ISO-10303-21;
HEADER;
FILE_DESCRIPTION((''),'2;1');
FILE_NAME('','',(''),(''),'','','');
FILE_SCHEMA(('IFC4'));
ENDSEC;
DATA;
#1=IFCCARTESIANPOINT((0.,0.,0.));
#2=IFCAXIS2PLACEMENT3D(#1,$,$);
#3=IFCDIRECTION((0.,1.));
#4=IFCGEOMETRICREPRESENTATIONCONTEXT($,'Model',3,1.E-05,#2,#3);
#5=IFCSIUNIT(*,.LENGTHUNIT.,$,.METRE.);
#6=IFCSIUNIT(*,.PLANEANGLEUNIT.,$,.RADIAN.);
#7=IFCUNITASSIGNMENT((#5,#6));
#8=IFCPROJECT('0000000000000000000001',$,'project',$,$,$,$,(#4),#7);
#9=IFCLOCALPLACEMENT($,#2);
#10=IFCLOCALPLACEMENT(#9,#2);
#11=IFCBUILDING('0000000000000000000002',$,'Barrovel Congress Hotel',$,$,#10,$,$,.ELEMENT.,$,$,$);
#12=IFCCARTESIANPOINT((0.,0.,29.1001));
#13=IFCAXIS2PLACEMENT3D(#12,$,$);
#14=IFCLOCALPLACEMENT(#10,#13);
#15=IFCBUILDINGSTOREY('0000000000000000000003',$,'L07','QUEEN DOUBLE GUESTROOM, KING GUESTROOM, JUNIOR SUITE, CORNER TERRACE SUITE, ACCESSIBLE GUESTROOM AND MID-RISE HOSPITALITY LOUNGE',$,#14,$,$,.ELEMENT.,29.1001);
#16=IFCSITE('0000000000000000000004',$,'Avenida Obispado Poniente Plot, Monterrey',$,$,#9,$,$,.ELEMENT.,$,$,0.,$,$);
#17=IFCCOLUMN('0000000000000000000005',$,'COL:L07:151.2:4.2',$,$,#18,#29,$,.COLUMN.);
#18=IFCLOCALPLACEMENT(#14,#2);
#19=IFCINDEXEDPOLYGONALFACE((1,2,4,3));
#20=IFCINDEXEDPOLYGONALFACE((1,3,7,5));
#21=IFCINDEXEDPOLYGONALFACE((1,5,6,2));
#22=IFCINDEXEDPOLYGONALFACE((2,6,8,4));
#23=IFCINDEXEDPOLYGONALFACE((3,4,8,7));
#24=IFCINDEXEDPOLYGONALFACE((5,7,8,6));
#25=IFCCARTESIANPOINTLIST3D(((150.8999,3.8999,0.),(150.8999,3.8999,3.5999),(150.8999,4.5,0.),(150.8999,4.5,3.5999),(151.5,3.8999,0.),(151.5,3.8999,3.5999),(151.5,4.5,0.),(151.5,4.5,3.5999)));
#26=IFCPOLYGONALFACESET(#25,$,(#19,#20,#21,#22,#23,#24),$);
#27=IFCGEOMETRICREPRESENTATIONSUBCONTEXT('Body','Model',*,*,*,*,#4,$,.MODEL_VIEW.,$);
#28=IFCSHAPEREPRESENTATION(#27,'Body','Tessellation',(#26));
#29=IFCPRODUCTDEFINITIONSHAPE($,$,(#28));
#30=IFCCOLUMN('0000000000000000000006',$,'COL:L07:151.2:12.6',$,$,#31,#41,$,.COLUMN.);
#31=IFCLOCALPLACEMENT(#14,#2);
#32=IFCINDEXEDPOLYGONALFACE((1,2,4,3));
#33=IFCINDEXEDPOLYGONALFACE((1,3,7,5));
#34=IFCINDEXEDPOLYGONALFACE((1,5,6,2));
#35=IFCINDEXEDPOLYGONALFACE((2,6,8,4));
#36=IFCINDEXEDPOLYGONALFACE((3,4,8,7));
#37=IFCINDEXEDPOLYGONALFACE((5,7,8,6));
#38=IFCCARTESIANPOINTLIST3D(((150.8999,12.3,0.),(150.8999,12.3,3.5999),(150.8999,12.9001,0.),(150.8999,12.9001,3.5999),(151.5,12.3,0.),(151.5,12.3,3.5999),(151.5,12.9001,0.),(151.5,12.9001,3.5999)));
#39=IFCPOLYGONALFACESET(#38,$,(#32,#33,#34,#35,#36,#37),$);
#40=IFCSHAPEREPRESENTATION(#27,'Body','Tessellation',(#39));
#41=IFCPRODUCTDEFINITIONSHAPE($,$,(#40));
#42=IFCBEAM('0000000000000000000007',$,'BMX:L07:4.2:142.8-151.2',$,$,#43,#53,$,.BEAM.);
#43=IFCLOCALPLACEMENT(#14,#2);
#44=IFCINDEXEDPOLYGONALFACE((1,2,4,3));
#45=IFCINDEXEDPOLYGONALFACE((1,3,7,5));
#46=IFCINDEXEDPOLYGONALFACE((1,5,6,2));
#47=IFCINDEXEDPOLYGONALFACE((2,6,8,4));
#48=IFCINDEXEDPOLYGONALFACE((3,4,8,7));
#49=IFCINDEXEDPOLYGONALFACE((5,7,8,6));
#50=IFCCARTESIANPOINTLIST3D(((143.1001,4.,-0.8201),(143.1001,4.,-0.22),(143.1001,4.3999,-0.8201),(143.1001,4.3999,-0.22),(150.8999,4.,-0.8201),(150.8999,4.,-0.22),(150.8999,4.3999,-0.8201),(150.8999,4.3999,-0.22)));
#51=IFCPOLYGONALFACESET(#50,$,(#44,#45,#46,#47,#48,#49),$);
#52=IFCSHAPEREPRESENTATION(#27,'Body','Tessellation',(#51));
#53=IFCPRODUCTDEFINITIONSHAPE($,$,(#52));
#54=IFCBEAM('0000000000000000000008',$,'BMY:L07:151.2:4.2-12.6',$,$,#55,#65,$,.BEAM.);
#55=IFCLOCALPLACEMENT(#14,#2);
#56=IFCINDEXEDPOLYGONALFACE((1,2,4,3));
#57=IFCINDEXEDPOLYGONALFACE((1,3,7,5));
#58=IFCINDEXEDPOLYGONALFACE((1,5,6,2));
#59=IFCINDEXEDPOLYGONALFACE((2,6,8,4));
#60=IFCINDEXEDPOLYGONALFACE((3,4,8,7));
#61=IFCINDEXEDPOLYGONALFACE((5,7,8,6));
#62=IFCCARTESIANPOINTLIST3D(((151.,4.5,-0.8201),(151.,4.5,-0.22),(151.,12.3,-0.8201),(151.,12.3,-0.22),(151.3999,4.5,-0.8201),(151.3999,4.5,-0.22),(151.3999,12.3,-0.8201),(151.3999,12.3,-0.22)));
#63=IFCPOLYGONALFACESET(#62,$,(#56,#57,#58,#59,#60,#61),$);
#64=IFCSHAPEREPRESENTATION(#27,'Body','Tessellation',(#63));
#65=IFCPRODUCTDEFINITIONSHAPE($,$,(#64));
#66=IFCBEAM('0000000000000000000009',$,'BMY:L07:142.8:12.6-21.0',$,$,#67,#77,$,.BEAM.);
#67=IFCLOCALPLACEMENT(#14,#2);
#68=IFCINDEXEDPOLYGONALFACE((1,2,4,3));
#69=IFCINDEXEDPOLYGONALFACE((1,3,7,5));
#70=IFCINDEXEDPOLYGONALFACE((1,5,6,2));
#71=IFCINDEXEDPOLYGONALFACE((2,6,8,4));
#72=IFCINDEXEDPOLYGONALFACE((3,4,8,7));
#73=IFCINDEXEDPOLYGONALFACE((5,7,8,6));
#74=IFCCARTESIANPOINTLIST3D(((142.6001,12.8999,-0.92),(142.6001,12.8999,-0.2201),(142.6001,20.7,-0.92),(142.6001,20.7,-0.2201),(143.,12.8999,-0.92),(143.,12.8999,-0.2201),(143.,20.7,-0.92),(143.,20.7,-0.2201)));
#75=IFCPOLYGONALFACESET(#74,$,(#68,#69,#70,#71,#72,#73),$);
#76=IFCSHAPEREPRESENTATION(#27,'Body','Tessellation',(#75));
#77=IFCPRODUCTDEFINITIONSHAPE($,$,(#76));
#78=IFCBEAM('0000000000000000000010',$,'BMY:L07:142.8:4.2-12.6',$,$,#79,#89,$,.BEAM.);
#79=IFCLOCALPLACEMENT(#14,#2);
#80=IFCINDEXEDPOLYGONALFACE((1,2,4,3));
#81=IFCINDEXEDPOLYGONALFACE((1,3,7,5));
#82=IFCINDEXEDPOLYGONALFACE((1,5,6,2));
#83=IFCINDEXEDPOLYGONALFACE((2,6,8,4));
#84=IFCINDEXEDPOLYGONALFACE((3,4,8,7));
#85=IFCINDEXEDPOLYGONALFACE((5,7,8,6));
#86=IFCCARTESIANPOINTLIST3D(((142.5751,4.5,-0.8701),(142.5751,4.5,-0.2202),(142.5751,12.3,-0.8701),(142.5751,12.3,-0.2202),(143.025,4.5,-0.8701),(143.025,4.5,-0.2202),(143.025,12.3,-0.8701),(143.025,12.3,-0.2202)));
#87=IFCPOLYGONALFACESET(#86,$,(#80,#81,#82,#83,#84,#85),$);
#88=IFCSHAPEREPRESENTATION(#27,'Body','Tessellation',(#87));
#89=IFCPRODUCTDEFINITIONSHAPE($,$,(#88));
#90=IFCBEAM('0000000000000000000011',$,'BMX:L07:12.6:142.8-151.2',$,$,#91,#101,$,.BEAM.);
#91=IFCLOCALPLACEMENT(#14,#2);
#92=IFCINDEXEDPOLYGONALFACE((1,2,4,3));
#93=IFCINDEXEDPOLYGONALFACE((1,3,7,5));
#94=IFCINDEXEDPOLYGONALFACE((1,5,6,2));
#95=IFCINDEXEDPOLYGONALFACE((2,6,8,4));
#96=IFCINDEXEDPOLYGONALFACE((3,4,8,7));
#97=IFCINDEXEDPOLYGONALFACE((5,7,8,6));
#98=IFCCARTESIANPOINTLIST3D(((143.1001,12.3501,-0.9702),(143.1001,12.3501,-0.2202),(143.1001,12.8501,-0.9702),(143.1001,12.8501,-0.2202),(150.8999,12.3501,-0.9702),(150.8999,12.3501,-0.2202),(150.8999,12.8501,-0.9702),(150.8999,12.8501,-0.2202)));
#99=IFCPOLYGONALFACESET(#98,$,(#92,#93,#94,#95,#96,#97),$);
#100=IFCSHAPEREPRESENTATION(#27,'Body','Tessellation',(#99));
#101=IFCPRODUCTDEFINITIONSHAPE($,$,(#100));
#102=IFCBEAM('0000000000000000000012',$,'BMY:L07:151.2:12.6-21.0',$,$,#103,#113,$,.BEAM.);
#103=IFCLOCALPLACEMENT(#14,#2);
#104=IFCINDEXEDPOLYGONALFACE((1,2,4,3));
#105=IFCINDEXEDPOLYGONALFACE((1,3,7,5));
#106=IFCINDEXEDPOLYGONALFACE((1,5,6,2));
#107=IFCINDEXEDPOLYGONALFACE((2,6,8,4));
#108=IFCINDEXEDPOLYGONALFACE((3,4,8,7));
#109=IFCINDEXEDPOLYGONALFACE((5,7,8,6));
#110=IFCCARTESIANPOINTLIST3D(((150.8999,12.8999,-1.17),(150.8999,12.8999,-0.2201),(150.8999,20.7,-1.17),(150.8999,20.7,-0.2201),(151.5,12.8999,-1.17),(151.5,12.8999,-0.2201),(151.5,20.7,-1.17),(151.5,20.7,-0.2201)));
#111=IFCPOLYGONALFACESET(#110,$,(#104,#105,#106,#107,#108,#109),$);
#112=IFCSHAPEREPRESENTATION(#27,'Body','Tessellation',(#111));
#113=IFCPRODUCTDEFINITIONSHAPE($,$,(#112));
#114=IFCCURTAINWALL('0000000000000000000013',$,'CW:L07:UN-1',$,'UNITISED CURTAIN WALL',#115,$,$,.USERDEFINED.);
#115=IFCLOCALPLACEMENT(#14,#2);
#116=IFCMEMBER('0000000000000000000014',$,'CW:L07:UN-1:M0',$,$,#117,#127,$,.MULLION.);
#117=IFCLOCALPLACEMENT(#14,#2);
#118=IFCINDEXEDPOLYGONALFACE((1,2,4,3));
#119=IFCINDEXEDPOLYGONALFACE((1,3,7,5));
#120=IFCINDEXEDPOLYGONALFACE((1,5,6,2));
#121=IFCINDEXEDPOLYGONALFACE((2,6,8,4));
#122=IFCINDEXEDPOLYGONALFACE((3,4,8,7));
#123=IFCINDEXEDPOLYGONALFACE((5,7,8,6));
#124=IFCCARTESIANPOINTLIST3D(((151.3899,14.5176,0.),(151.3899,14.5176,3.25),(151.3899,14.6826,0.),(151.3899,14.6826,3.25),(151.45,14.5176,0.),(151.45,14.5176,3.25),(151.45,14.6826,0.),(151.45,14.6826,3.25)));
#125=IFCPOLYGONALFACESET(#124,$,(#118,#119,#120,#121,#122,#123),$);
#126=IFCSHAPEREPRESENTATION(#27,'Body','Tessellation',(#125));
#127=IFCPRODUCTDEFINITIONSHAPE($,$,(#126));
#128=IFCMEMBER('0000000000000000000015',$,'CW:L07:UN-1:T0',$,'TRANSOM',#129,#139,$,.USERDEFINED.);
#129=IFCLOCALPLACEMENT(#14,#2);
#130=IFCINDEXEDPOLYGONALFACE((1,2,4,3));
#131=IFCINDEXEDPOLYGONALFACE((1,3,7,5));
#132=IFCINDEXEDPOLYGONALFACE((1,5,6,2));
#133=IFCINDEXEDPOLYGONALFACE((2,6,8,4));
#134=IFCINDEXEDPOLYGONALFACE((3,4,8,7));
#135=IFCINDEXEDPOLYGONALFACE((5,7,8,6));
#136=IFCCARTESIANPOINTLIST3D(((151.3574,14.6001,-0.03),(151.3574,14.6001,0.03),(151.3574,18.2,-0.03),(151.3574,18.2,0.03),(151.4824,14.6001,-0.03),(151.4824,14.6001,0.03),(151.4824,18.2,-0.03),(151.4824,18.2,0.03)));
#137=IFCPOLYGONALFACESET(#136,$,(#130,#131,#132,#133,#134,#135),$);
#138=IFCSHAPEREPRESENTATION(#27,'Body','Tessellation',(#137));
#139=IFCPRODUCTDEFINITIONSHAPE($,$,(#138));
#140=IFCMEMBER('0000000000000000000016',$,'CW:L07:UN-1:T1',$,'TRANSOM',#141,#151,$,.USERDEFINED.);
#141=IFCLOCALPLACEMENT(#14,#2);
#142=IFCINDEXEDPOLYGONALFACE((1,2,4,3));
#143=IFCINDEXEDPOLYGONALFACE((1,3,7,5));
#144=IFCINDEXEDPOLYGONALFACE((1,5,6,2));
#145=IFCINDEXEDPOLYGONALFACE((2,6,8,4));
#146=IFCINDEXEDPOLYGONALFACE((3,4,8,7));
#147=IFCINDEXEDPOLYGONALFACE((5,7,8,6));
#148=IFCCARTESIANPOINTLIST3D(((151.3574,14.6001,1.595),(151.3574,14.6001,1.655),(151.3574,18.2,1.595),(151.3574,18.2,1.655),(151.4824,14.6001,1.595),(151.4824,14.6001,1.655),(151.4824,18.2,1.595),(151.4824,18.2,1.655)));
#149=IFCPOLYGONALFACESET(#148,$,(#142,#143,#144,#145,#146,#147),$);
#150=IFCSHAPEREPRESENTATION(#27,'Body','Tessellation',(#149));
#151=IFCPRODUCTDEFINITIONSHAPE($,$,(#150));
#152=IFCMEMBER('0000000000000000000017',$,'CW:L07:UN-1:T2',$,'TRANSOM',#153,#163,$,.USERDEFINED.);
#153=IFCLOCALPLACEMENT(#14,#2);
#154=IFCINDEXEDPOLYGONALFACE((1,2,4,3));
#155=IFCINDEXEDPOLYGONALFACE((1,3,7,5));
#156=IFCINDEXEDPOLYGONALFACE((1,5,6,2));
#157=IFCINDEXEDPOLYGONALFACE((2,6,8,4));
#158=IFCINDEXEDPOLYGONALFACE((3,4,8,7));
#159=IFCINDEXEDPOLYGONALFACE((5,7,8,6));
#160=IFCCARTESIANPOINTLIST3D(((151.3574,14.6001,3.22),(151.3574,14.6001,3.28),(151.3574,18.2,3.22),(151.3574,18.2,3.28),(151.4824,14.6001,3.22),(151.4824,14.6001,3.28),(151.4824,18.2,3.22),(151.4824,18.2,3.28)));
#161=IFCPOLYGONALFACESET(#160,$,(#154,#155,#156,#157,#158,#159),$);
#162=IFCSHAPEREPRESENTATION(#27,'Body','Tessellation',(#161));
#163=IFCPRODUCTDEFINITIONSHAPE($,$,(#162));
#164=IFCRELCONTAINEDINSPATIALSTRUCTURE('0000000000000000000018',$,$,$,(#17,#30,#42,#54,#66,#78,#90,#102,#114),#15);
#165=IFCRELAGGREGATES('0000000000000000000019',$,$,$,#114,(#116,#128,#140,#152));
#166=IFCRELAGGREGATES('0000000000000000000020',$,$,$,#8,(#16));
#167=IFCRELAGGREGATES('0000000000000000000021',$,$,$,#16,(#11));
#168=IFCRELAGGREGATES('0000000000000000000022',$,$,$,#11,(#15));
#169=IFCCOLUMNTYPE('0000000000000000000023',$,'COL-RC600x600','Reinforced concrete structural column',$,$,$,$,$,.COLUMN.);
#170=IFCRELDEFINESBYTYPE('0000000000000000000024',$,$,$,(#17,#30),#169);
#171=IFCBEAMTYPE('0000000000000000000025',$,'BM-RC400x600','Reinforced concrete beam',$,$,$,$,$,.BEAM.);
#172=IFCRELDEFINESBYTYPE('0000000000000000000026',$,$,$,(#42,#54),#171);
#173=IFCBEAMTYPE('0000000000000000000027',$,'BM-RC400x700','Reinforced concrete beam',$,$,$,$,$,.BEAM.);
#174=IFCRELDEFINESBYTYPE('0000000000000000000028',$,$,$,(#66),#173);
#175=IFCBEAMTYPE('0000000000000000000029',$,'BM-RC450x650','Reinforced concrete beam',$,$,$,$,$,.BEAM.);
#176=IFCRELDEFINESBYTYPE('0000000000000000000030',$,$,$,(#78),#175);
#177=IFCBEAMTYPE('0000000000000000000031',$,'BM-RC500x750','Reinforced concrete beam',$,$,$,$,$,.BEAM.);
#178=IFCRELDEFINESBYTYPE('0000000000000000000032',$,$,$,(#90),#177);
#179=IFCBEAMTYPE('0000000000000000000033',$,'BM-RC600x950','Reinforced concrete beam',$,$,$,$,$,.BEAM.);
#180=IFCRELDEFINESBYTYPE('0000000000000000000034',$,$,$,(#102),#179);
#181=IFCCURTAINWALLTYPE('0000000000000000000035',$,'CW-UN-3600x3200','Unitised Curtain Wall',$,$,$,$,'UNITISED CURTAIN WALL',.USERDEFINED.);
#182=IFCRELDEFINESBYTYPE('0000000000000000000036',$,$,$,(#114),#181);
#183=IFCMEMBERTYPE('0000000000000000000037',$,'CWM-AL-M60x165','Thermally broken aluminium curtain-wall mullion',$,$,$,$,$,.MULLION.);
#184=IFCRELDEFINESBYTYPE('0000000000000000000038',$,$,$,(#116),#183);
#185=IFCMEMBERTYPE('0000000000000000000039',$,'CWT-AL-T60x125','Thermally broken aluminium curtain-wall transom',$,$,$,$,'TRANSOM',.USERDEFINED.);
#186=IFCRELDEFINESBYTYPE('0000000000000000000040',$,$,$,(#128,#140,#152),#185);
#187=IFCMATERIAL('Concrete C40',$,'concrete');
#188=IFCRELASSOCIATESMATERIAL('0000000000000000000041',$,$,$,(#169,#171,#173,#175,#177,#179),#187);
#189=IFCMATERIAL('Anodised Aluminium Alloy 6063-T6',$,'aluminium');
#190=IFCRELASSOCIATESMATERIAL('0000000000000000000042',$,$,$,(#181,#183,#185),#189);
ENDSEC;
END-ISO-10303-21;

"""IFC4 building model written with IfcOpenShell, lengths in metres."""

from ifc_helpers import new_model, si_unit, direction, frame, origin, origin_2d, place, context, subcontext, project, spatial, rectangle, extrude, material, material_profile, profile_set, type_object, element, aggregate, save


model = new_model("IFC4")

# Units and contexts
model_context = context("Model", 3, precision=1e-05, world=origin(), true_north=direction((0.0, 1.0)))
body_context = subcontext(model_context, "Body", "Model", "MODEL_VIEW")
ifc_project = project(units=[si_unit("LENGTHUNIT", "METRE"), si_unit("PLANEANGLEUNIT", "RADIAN")], contexts=[model_context])

# Site, building, storey
site_placement = place(None, origin())
site = spatial("IfcSite", under=ifc_project, at=site_placement, Name="Avenida Obispado Poniente Plot, Monterrey", CompositionType="ELEMENT", RefElevation=0.0)
building_placement = place(site_placement, origin())
building = spatial("IfcBuilding", under=site, at=building_placement, Name="Barrovel Congress Hotel", CompositionType="ELEMENT")
storey_placement = place(building_placement, frame((0.0, 0.0, 29.1001)))
storey = spatial("IfcBuildingStorey", under=building, at=storey_placement, Name="L07", Description="QUEEN DOUBLE GUESTROOM, KING GUESTROOM, JUNIOR SUITE, CORNER TERRACE SUITE, ACCESSIBLE GUESTROOM AND MID-RISE HOSPITALITY LOUNGE", CompositionType="ELEMENT", Elevation=29.1001)

# Columns
ifc_material_1 = material(Name="Concrete C40", Category="concrete")
ifc_material_profile_1 = material_profile(ifc_material_1, rectangle(XDim=0.6001, YDim=0.6001, at=origin_2d()), Name="RC600x600")
ifc_profile_set_1 = profile_set([ifc_material_profile_1], Name="Concrete C40")
column_type = type_object("IfcColumnType", Name="COL-RC600x600", Description="Reinforced concrete structural column", PredefinedType="COLUMN", material=ifc_profile_set_1)
for number, where, z_axis, x_axis, name in (
    (1, (151.2, 4.2, 0.0), (0.0, 0.0, 1.0), (1.0, 0.0, 0.0), "COL:L07:151.2:4.2"),
    (2, (151.2, 12.6001, 0.0), (0.0, 0.0, 1.0), (1.0, 0.0, 0.0), "COL:L07:151.2:12.6"),
):
    element("IfcColumn", number, at=place(storey_placement, frame(where, z_axis=z_axis, x_axis=x_axis)), inside=storey, type_object=column_type, Name=name, PredefinedType="COLUMN", context=body_context, shape_type="SweptSolid", body=[
        extrude(rectangle(XDim=0.6001, YDim=0.6001, at=origin_2d()), origin(), (0.0, 0.0, 1.0), 3.5999),
    ])

# Beams
ifc_material_profile_2 = material_profile(ifc_material_1, rectangle(XDim=0.3999, YDim=0.6001, at=origin_2d()), Name="RC400x600")
ifc_profile_set_2 = profile_set([ifc_material_profile_2], Name="Concrete C40")
beam_type_1 = type_object("IfcBeamType", Name="BM-RC400x600", Description="Reinforced concrete beam", PredefinedType="BEAM", material=ifc_profile_set_2)
beam_1_placement = place(storey_placement, frame((143.1001, 4.2, -0.52), z_axis=(1.0, 0.0, 0.0), x_axis=(0.0, 1.0, 0.0)))
element("IfcBeam", 3, at=beam_1_placement, inside=storey, type_object=beam_type_1, Name="BMX:L07:4.2:142.8-151.2", PredefinedType="BEAM", context=body_context, shape_type="SweptSolid", body=[
    extrude(rectangle(XDim=0.3999, YDim=0.6001, at=origin_2d()), origin(), (0.0, 0.0, 1.0), 7.7998),
])
beam_2_placement = place(storey_placement, frame((151.2, 4.5, -0.52), z_axis=(0.0, 1.0, 0.0), x_axis=(-1.0, 0.0, 0.0)))
element("IfcBeam", 4, at=beam_2_placement, inside=storey, type_object=beam_type_1, Name="BMY:L07:151.2:4.2-12.6", PredefinedType="BEAM", context=body_context, shape_type="SweptSolid", body=[
    extrude(rectangle(XDim=0.3999, YDim=0.6001, at=origin_2d()), origin(), (0.0, 0.0, 1.0), 7.8),
])
ifc_material_profile_3 = material_profile(ifc_material_1, rectangle(XDim=0.3999, YDim=0.7, at=origin_2d()), Name="RC400x700")
ifc_profile_set_3 = profile_set([ifc_material_profile_3], Name="Concrete C40")
beam_type_2 = type_object("IfcBeamType", Name="BM-RC400x700", Description="Reinforced concrete beam", PredefinedType="BEAM", material=ifc_profile_set_3)
beam_3_placement = place(storey_placement, frame((142.8, 12.8999, -0.5701), z_axis=(0.0, 1.0, 0.0), x_axis=(-1.0, 0.0, 0.0)))
element("IfcBeam", 5, at=beam_3_placement, inside=storey, type_object=beam_type_2, Name="BMY:L07:142.8:12.6-21.0", PredefinedType="BEAM", context=body_context, shape_type="SweptSolid", body=[
    extrude(rectangle(XDim=0.3999, YDim=0.7, at=origin_2d()), origin(), (0.0, 0.0, 1.0), 7.8),
])
ifc_material_profile_4 = material_profile(ifc_material_1, rectangle(XDim=0.45, YDim=0.6499, at=origin_2d()), Name="RC450x650")
ifc_profile_set_4 = profile_set([ifc_material_profile_4], Name="Concrete C40")
beam_type_3 = type_object("IfcBeamType", Name="BM-RC450x650", Description="Reinforced concrete beam", PredefinedType="BEAM", material=ifc_profile_set_4)
beam_4_placement = place(storey_placement, frame((142.8, 4.5, -0.5452), z_axis=(0.0, 1.0, 0.0), x_axis=(-1.0, 0.0, 0.0)))
element("IfcBeam", 6, at=beam_4_placement, inside=storey, type_object=beam_type_3, Name="BMY:L07:142.8:4.2-12.6", PredefinedType="BEAM", context=body_context, shape_type="SweptSolid", body=[
    extrude(rectangle(XDim=0.45, YDim=0.6499, at=origin_2d()), origin(), (0.0, 0.0, 1.0), 7.8),
])
ifc_material_profile_5 = material_profile(ifc_material_1, rectangle(XDim=0.5, YDim=0.75, at=origin_2d()), Name="RC500x750")
ifc_profile_set_5 = profile_set([ifc_material_profile_5], Name="Concrete C40")
beam_type_4 = type_object("IfcBeamType", Name="BM-RC500x750", Description="Reinforced concrete beam", PredefinedType="BEAM", material=ifc_profile_set_5)
beam_5_placement = place(storey_placement, frame((143.1001, 12.6001, -0.5952), z_axis=(1.0, 0.0, 0.0), x_axis=(0.0, 1.0, 0.0)))
element("IfcBeam", 7, at=beam_5_placement, inside=storey, type_object=beam_type_4, Name="BMX:L07:12.6:142.8-151.2", PredefinedType="BEAM", context=body_context, shape_type="SweptSolid", body=[
    extrude(rectangle(XDim=0.5, YDim=0.75, at=origin_2d()), origin(), (0.0, 0.0, 1.0), 7.7998),
])
ifc_material_profile_6 = material_profile(ifc_material_1, rectangle(XDim=0.6001, YDim=0.95, at=origin_2d()), Name="RC600x950")
ifc_profile_set_6 = profile_set([ifc_material_profile_6], Name="Concrete C40")
beam_type_5 = type_object("IfcBeamType", Name="BM-RC600x950", Description="Reinforced concrete beam", PredefinedType="BEAM", material=ifc_profile_set_6)
beam_6_placement = place(storey_placement, frame((151.2, 12.8999, -0.6951), z_axis=(0.0, 1.0, 0.0), x_axis=(-1.0, 0.0, 0.0)))
element("IfcBeam", 8, at=beam_6_placement, inside=storey, type_object=beam_type_5, Name="BMY:L07:151.2:12.6-21.0", PredefinedType="BEAM", context=body_context, shape_type="SweptSolid", body=[
    extrude(rectangle(XDim=0.6001, YDim=0.95, at=origin_2d()), origin(), (0.0, 0.0, 1.0), 7.8),
])

# Curtain wall, members
ifc_material_2 = material(Name="Anodised Aluminium Alloy 6063-T6", Category="aluminium")
curtain_wall_type = type_object("IfcCurtainWallType", Name="CW-UN-3600x3200", Description="Unitised Curtain Wall", ElementType="UNITISED CURTAIN WALL", PredefinedType="USERDEFINED", material=ifc_material_2)
curtain_wall_placement = place(storey_placement, origin())
curtain_wall = element("IfcCurtainWall", 9, at=curtain_wall_placement, inside=storey, type_object=curtain_wall_type, Name="CW:L07:UN-1", ObjectType="UNITISED CURTAIN WALL", PredefinedType="USERDEFINED")
ifc_material_profile_7 = material_profile(ifc_material_2, rectangle(XDim=0.0601, YDim=0.165, at=origin_2d()), Name="AL-M60x165")
ifc_profile_set_7 = profile_set([ifc_material_profile_7], Name="Anodised Aluminium Alloy 6063-T6")
member_type_1 = type_object("IfcMemberType", Name="CWM-AL-M60x165", Description="Thermally broken aluminium curtain-wall mullion", PredefinedType="MULLION", material=ifc_profile_set_7)
member_1_placement = place(storey_placement, frame((151.4199, 14.6001, 0.0), z_axis=(0.0, 0.0, 1.0), x_axis=(1.0, 0.0, 0.0)))
member_1 = element("IfcMember", 10, at=member_1_placement, type_object=member_type_1, Name="CW:L07:UN-1:M0", PredefinedType="MULLION", context=body_context, shape_type="SweptSolid", body=[
    extrude(rectangle(XDim=0.0601, YDim=0.165, at=origin_2d()), origin(), (0.0, 0.0, 1.0), 3.25),
])
ifc_material_profile_8 = material_profile(ifc_material_2, rectangle(XDim=0.125, YDim=0.0601, at=origin_2d()), Name="AL-T60x125")
ifc_profile_set_8 = profile_set([ifc_material_profile_8], Name="Anodised Aluminium Alloy 6063-T6")
member_type_2 = type_object("IfcMemberType", Name="CWT-AL-T60x125", Description="Thermally broken aluminium curtain-wall transom", ElementType="TRANSOM", PredefinedType="USERDEFINED", material=ifc_profile_set_8)
member_2_placement = place(storey_placement, frame((151.4199, 14.6001, 0.0), z_axis=(0.0, 1.0, 0.0), x_axis=(-1.0, 0.0, 0.0)))
member_2 = element("IfcMember", 11, at=member_2_placement, type_object=member_type_2, Name="CW:L07:UN-1:T0", ObjectType="TRANSOM", PredefinedType="USERDEFINED", context=body_context, shape_type="SweptSolid", body=[
    extrude(rectangle(XDim=0.125, YDim=0.0601, at=origin_2d()), origin(), (0.0, 0.0, 1.0), 3.5999),
])
member_3_placement = place(storey_placement, frame((151.4199, 14.6001, 1.625), z_axis=(0.0, 1.0, 0.0), x_axis=(-1.0, 0.0, 0.0)))
member_3 = element("IfcMember", 12, at=member_3_placement, type_object=member_type_2, Name="CW:L07:UN-1:T1", ObjectType="TRANSOM", PredefinedType="USERDEFINED", context=body_context, shape_type="SweptSolid", body=[
    extrude(rectangle(XDim=0.125, YDim=0.0601, at=origin_2d()), origin(), (0.0, 0.0, 1.0), 3.5999),
])
member_4_placement = place(storey_placement, frame((151.4199, 14.6001, 3.25), z_axis=(0.0, 1.0, 0.0), x_axis=(-1.0, 0.0, 0.0)))
member_4 = element("IfcMember", 13, at=member_4_placement, type_object=member_type_2, Name="CW:L07:UN-1:T2", ObjectType="TRANSOM", PredefinedType="USERDEFINED", context=body_context, shape_type="SweptSolid", body=[
    extrude(rectangle(XDim=0.125, YDim=0.0601, at=origin_2d()), origin(), (0.0, 0.0, 1.0), 3.5999),
])
aggregate(curtain_wall, [member_1, member_2, member_3, member_4])

save(model, "model.ifc")
